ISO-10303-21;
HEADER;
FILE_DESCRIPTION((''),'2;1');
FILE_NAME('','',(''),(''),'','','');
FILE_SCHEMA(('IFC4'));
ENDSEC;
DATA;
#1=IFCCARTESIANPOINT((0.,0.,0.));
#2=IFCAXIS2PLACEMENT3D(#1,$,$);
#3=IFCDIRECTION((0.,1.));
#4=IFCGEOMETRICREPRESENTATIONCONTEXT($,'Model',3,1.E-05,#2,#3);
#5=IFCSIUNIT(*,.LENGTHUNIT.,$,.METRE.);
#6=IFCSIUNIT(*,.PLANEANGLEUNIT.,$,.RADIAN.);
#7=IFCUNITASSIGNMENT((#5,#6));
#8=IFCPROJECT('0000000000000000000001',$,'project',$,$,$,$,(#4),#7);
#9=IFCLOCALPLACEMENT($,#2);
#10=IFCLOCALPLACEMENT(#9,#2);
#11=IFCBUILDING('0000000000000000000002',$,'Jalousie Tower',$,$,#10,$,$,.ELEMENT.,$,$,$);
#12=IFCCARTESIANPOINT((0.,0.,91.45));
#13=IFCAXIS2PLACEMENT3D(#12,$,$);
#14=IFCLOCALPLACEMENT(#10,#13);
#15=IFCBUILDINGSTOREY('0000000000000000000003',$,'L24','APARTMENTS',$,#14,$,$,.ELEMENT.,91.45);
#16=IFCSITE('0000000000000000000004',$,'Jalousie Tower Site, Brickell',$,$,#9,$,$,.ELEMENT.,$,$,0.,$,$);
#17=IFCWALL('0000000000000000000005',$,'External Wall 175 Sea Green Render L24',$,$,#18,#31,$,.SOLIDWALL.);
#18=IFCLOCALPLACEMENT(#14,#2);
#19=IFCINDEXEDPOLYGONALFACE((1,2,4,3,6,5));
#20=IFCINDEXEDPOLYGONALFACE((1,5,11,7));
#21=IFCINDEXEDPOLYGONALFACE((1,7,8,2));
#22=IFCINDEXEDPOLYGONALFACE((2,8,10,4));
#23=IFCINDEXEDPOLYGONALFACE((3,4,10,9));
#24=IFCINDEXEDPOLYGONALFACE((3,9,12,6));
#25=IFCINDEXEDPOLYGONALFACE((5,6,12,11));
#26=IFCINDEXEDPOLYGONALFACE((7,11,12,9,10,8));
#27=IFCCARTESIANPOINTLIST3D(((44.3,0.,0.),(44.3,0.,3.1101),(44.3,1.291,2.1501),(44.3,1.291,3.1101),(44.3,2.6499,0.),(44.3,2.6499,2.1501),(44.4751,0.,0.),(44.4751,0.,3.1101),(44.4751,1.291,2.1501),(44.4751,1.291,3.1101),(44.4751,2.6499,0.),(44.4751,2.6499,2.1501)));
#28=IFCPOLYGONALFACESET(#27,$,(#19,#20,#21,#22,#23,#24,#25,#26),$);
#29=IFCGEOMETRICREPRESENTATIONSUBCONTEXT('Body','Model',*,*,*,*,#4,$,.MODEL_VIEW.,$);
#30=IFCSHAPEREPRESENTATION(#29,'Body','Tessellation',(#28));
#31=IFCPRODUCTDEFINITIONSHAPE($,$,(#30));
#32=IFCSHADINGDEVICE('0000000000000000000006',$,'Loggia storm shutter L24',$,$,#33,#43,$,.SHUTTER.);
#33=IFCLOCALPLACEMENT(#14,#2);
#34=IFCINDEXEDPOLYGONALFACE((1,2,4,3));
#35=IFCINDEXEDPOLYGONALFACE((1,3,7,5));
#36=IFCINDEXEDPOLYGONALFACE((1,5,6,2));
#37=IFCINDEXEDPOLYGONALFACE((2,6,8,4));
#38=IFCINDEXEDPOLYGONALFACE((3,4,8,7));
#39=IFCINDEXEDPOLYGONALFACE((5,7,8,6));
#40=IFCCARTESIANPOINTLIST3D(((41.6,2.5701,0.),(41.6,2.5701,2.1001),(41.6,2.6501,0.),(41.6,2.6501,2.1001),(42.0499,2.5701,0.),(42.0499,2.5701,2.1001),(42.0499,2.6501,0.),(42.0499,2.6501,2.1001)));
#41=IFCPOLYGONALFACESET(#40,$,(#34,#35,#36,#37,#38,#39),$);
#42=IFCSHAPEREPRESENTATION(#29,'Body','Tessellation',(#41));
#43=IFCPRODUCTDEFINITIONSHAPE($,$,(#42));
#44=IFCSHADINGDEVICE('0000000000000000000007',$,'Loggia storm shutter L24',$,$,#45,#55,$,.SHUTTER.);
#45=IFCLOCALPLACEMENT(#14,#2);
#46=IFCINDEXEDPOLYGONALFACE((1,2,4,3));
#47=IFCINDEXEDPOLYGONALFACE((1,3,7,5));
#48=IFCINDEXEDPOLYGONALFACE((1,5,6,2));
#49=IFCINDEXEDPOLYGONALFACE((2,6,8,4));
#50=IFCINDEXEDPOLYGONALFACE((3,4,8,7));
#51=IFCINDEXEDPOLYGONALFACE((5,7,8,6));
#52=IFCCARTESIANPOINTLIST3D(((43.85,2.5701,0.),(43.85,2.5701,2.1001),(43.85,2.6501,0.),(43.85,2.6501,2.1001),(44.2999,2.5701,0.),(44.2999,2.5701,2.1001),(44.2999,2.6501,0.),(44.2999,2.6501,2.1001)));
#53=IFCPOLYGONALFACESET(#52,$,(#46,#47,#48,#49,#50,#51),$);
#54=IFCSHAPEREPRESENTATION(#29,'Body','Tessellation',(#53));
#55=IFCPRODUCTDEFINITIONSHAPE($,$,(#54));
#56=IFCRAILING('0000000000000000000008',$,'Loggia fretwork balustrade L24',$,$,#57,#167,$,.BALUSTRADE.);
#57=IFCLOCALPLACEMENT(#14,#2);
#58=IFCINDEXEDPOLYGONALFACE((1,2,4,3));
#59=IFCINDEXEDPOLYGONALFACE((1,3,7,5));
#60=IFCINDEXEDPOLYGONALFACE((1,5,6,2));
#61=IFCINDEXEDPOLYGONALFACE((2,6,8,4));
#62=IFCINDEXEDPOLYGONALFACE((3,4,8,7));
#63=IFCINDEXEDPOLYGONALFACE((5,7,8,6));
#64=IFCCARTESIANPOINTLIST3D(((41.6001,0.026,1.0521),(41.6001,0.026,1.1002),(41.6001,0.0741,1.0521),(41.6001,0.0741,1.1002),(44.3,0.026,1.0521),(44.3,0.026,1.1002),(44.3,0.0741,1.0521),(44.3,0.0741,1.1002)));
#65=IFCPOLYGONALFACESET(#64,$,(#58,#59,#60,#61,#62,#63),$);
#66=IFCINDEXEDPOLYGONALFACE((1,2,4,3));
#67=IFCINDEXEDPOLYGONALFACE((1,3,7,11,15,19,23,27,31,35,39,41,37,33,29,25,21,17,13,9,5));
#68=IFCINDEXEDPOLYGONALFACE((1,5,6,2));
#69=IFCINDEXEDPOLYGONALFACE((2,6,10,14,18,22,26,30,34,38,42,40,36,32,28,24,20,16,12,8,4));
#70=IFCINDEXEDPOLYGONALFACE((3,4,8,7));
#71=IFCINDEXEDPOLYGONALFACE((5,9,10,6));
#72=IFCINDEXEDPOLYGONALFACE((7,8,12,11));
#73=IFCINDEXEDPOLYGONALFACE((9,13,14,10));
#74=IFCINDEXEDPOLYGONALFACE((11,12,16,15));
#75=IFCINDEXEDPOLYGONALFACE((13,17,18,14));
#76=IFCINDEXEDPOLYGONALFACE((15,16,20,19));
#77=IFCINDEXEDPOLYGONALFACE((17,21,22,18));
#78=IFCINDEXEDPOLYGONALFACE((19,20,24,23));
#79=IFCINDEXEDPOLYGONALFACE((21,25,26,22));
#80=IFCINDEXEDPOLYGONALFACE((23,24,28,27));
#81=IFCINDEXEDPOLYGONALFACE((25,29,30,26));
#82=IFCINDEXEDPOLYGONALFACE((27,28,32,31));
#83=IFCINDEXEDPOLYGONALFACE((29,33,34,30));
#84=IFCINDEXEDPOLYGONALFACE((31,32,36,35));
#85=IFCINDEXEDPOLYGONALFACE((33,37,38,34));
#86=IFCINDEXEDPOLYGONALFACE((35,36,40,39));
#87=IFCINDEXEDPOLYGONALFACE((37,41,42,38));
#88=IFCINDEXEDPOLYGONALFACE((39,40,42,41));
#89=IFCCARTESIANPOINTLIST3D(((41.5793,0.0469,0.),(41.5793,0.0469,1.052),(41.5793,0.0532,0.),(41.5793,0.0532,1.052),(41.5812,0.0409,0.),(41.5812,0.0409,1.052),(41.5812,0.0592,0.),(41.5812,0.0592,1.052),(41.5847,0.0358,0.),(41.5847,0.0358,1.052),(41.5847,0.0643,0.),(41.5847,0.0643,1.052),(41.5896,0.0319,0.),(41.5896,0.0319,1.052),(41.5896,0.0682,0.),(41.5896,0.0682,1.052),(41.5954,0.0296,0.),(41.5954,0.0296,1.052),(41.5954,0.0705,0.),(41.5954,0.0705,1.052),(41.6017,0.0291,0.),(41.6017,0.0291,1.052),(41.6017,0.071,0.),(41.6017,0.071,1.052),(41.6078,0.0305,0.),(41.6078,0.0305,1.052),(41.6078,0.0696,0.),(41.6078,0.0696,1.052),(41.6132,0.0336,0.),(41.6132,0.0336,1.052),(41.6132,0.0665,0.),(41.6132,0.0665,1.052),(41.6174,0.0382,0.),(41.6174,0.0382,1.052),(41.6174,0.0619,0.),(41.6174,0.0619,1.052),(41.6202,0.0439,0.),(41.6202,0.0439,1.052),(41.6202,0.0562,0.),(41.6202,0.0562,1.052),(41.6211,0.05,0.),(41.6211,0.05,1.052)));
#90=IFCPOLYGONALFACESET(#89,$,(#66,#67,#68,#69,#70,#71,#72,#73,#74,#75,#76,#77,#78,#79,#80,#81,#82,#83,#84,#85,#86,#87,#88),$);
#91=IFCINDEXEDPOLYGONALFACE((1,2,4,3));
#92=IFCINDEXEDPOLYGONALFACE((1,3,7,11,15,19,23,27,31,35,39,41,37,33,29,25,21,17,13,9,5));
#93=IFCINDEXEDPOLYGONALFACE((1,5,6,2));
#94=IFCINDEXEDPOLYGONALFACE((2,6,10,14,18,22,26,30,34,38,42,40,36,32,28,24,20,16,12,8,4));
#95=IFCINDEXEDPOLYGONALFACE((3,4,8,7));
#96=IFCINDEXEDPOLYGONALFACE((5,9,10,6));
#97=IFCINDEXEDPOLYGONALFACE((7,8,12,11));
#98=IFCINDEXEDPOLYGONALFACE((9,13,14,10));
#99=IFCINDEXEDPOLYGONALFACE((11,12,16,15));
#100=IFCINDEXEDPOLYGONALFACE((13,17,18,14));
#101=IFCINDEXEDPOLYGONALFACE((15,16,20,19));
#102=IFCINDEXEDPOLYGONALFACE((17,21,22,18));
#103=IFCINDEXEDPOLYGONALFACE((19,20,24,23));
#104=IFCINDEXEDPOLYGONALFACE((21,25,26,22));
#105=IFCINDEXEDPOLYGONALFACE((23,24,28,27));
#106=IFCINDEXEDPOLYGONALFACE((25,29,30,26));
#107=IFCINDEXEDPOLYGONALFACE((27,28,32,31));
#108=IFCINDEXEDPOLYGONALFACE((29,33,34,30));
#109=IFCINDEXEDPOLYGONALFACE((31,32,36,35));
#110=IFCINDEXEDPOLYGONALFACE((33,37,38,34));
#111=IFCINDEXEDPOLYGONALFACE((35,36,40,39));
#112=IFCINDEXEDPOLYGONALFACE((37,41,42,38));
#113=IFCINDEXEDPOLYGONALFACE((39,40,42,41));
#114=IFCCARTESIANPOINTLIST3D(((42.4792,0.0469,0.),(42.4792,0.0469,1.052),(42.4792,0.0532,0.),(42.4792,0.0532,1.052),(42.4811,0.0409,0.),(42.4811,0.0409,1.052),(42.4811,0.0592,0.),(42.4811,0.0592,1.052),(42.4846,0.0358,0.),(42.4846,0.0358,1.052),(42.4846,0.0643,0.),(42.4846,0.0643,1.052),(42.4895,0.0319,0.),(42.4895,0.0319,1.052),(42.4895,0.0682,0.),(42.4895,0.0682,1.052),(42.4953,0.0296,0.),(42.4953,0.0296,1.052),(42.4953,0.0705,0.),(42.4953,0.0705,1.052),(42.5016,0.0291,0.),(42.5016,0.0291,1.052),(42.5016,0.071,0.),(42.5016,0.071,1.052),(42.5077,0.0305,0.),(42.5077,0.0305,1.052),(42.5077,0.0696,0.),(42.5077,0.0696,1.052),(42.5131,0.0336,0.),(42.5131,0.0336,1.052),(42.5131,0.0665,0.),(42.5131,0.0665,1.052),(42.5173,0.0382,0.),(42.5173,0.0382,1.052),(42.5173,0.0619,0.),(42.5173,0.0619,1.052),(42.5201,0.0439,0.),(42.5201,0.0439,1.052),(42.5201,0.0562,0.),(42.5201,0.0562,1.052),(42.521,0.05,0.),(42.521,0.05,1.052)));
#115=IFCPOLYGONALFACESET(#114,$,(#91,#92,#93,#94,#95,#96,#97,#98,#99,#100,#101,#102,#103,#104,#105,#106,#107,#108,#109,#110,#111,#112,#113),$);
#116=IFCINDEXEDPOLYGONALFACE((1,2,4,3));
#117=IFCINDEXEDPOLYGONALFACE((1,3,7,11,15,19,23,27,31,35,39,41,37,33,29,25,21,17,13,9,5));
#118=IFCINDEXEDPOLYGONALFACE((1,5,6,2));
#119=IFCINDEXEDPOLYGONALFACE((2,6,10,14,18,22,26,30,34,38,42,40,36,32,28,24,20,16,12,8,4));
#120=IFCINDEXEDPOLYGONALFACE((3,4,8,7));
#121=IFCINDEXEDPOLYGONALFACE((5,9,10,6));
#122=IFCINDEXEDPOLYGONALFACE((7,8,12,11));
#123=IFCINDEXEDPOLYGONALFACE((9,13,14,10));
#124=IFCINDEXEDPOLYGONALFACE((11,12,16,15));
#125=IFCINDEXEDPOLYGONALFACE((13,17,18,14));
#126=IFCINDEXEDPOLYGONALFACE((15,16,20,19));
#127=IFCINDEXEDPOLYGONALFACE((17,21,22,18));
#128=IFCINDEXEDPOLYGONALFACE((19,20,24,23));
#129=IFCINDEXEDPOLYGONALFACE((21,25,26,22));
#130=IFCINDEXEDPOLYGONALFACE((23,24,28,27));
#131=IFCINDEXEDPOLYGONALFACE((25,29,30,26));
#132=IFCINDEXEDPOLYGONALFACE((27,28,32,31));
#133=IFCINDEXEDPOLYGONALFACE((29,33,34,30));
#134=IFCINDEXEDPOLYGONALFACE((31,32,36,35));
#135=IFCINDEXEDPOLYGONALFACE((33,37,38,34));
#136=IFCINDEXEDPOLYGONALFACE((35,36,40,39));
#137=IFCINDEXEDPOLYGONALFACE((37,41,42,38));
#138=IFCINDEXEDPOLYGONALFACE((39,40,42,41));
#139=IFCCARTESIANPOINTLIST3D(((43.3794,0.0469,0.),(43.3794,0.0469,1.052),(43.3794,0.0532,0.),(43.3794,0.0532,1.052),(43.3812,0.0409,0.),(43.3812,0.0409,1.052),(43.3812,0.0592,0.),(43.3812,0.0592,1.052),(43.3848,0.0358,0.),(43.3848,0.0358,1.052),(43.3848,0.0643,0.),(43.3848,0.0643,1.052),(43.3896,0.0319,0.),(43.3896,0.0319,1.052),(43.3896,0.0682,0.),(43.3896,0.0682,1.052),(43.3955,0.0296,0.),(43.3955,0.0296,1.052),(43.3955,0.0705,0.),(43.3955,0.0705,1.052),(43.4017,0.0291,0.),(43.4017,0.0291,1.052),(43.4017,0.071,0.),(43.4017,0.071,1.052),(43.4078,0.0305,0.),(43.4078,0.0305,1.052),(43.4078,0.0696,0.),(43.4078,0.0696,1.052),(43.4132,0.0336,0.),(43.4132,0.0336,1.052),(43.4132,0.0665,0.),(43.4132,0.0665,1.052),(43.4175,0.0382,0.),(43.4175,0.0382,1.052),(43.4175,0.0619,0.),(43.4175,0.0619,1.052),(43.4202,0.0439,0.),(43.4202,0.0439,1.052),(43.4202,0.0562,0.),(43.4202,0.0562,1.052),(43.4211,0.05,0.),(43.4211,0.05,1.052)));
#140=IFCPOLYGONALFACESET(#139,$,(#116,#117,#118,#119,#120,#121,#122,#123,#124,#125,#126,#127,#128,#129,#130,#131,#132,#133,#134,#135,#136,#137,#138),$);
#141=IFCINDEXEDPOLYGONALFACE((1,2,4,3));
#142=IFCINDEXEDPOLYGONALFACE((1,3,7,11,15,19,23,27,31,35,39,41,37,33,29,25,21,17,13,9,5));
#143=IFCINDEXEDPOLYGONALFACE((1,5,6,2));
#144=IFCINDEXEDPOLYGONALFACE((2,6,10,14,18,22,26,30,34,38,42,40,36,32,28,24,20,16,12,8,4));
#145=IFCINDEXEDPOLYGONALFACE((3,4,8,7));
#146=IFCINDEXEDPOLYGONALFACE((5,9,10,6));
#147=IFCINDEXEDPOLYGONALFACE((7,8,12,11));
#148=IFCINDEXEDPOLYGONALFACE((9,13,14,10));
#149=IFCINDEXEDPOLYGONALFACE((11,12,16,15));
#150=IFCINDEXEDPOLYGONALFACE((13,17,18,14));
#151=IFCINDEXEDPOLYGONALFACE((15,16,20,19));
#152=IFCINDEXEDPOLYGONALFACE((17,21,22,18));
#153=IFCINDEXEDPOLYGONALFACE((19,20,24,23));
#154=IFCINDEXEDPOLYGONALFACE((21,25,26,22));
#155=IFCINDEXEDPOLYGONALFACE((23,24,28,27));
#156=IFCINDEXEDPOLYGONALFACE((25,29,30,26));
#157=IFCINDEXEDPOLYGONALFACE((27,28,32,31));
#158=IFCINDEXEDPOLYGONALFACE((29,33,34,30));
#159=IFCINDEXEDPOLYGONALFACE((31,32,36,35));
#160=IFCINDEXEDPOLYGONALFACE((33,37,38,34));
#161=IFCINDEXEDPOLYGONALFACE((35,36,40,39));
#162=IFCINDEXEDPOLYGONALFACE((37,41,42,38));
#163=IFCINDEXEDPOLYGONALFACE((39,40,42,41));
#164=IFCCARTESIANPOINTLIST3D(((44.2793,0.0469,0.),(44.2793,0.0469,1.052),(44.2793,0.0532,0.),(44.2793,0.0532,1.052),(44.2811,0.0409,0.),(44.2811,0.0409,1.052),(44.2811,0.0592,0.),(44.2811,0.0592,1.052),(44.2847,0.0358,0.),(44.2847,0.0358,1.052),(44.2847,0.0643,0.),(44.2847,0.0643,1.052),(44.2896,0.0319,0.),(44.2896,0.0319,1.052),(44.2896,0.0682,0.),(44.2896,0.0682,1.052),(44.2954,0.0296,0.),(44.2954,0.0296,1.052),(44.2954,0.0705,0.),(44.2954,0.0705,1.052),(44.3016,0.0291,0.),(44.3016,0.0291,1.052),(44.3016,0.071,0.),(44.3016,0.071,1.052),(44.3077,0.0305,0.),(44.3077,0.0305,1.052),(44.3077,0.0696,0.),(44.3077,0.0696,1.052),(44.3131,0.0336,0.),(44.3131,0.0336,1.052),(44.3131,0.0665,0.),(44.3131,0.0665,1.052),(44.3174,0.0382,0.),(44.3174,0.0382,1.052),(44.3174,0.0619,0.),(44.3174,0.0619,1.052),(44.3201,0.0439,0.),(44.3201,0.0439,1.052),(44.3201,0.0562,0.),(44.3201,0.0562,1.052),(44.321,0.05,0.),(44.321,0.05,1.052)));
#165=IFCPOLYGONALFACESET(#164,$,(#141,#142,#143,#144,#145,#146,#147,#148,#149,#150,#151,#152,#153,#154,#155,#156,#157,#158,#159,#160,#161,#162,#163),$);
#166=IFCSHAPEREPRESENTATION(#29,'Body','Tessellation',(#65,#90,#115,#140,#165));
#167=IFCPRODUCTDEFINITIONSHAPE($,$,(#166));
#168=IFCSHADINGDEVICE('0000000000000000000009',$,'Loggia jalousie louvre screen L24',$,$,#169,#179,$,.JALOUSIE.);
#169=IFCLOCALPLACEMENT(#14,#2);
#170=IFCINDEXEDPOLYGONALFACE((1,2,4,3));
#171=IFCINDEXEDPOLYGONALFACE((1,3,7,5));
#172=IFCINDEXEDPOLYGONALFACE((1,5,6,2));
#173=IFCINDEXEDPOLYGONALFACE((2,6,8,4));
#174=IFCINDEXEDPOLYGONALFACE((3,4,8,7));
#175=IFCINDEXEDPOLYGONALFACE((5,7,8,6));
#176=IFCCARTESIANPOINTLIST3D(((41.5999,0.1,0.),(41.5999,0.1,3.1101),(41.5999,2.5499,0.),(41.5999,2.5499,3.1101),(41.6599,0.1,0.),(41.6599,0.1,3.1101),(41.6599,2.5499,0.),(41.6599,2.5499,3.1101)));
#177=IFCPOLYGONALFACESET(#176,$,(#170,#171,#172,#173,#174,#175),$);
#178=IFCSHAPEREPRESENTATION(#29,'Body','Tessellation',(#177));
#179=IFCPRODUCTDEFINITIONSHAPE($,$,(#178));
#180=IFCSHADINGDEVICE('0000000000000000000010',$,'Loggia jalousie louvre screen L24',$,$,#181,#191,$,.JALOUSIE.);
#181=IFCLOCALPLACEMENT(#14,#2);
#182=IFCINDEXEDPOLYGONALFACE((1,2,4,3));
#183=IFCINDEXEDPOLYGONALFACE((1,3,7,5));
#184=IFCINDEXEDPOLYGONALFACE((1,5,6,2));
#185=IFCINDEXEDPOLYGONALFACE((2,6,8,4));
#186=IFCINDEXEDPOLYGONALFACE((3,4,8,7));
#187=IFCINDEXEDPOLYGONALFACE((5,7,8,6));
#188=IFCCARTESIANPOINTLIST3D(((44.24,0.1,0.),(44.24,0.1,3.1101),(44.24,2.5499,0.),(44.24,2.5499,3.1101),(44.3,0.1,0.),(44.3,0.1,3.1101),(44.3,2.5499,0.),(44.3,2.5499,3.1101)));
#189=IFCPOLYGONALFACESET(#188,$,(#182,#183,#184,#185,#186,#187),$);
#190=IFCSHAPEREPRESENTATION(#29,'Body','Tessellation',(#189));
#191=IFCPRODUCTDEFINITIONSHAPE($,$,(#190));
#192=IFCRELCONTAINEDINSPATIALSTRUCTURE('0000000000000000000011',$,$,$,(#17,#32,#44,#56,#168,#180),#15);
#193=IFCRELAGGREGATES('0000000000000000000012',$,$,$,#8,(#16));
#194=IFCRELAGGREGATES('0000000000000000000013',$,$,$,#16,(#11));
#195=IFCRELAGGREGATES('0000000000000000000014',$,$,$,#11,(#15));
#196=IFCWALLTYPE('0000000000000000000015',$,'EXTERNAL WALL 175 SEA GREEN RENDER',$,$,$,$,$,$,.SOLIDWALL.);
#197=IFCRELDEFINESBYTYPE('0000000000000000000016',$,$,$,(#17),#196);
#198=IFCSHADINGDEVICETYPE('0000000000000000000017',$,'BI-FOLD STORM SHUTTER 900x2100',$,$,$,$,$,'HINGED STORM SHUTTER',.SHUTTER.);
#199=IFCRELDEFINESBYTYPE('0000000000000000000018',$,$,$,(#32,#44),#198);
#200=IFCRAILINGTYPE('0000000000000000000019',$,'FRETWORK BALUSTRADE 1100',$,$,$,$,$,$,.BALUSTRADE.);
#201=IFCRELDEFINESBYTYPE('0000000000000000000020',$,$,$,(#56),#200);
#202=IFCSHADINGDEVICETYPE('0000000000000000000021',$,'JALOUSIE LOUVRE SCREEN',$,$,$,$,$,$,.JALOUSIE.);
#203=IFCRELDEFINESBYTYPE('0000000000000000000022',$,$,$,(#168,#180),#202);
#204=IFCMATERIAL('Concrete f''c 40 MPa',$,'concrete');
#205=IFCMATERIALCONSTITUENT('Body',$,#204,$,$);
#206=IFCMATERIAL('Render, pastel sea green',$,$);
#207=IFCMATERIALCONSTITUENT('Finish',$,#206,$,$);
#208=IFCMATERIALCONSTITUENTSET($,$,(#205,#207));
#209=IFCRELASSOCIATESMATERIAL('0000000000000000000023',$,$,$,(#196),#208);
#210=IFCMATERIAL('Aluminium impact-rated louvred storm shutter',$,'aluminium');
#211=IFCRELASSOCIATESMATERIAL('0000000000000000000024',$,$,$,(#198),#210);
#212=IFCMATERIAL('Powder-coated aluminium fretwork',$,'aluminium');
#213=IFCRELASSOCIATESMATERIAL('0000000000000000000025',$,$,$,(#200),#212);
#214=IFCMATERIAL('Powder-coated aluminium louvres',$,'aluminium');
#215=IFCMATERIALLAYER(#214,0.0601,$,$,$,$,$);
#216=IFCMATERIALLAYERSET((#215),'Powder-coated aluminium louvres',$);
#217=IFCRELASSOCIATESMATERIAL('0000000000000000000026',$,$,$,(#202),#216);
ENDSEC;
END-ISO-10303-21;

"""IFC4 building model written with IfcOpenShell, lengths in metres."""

from ifc_helpers import new_model, si_unit, direction, frame, origin, origin_2d, place, context, subcontext, project, spatial, polyline, rectangle, circle, outline, extrude, material, layer, layer_set, constituent, constituent_set, type_object, element, save


model = new_model("IFC4")

# Units and contexts
model_context = context("Model", 3, precision=1e-05, world=origin(), true_north=direction((0.0, 1.0)))
body_context = subcontext(model_context, "Body", "Model", "MODEL_VIEW")
ifc_project = project(units=[si_unit("LENGTHUNIT", "METRE"), si_unit("PLANEANGLEUNIT", "RADIAN")], contexts=[model_context])

# Site, building, storey
site_placement = place(None, origin())
site = spatial("IfcSite", under=ifc_project, at=site_placement, Name="Jalousie Tower Site, Brickell", CompositionType="ELEMENT", RefElevation=0.0)
building_placement = place(site_placement, origin())
building = spatial("IfcBuilding", under=site, at=building_placement, Name="Jalousie Tower", CompositionType="ELEMENT")
storey_placement = place(building_placement, frame((0.0, 0.0, 91.45)))
storey = spatial("IfcBuildingStorey", under=building, at=storey_placement, Name="L24", Description="APARTMENTS", CompositionType="ELEMENT", Elevation=91.45)

# Shared definitions
ifc_material_1 = material(Name="Concrete f'c 40 MPa", Category="concrete")
ifc_constituent_1 = constituent(ifc_material_1, Name="Body")
ifc_material_2 = material(Name="Render, pastel sea green")
ifc_constituent_2 = constituent(ifc_material_2, Name="Finish")
ifc_constituent_set = constituent_set(constituents=[ifc_constituent_1, ifc_constituent_2])
wall_type = type_object("IfcWallType", Name="EXTERNAL WALL 175 SEA GREEN RENDER", PredefinedType="SOLIDWALL", material=ifc_constituent_set)

# Wall
wall_1_placement = place(storey_placement, frame((44.3875, 0.0, 0.0), z_axis=(0.0, 0.0, 1.0), x_axis=(0.0, 1.0, 0.0)))
element("IfcWall", 1, at=wall_1_placement, inside=storey, type_object=wall_type, Name="External Wall 175 Sea Green Render L24", PredefinedType="SOLIDWALL", context=body_context, shape_type="SweptSolid", body=[
    extrude(outline(polyline([(0.0, 0.0), (2.6499, 0.0), (2.6499, 2.1501), (1.291, 2.1501), (1.291, 3.1101), (0.0, 3.1101), (0.0, 0.0)])), frame((0.0, 0.0874, 0.0), z_axis=(0.0, -1.0, 0.0), x_axis=(1.0, 0.0, 0.0)), (0.0, 0.0, 1.0), 0.175),
])

# Shading devices
ifc_material_3 = material(Name="Aluminium impact-rated louvred storm shutter", Category="aluminium")
shading_device_type_1 = type_object("IfcShadingDeviceType", Name="BI-FOLD STORM SHUTTER 900x2100", ElementType="HINGED STORM SHUTTER", PredefinedType="SHUTTER", material=ifc_material_3)
for number, where, z_axis, x_axis, name in (
    (2, (41.825, 2.6101, 0.0), (0.0, 0.0, 1.0), (1.0, 0.0, 0.0), "Loggia storm shutter L24"),
    (3, (44.075, 2.6101, 0.0), (0.0, 0.0, 1.0), (1.0, 0.0, 0.0), "Loggia storm shutter L24"),
):
    element("IfcShadingDevice", number, at=place(storey_placement, frame(where, z_axis=z_axis, x_axis=x_axis)), inside=storey, type_object=shading_device_type_1, Name=name, PredefinedType="SHUTTER", context=body_context, shape_type="SweptSolid", body=[
        extrude(rectangle(XDim=0.45, YDim=0.0801, at=origin_2d()), origin(), (0.0, 0.0, 1.0), 2.1001),
    ])

# Railing
ifc_material_4 = material(Name="Powder-coated aluminium fretwork", Category="aluminium")
railing_type = type_object("IfcRailingType", Name="FRETWORK BALUSTRADE 1100", PredefinedType="BALUSTRADE", material=ifc_material_4)
railing_placement = place(storey_placement, frame((41.6001, 0.05, 0.0)))
element("IfcRailing", 4, at=railing_placement, inside=storey, type_object=railing_type, Name="Loggia fretwork balustrade L24", PredefinedType="BALUSTRADE", context=body_context, shape_type="SweptSolid", body=[
    extrude(rectangle(XDim=0.0481, YDim=0.0481, at=origin_2d()), frame((0.0, 0.0, 1.0762), z_axis=(1.0, 0.0, 0.0), x_axis=(0.0, 1.0, 0.0)), (0.0, 0.0, 1.0), 2.7),
    extrude(circle(Radius=0.021, at=origin_2d()), origin(), (0.0, 0.0, 1.0), 1.052),
    extrude(circle(Radius=0.021, at=origin_2d()), frame((0.8999, 0.0, 0.0)), (0.0, 0.0, 1.0), 1.052),
    extrude(circle(Radius=0.021, at=origin_2d()), frame((1.8, 0.0, 0.0)), (0.0, 0.0, 1.0), 1.052),
    extrude(circle(Radius=0.021, at=origin_2d()), frame((2.7, 0.0, 0.0)), (0.0, 0.0, 1.0), 1.052),
])

# Shading devices
ifc_material_5 = material(Name="Powder-coated aluminium louvres", Category="aluminium")
ifc_layer_1 = layer(ifc_material_5, 0.0601)
ifc_layer_set_1 = layer_set([ifc_layer_1], Name="Powder-coated aluminium louvres")
shading_device_type_2 = type_object("IfcShadingDeviceType", Name="JALOUSIE LOUVRE SCREEN", PredefinedType="JALOUSIE", material=ifc_layer_set_1)
for number, where, z_axis, x_axis, name in (
    (5, (41.6299, 1.325, 0.0), (0.0, 0.0, 1.0), (1.0, 0.0, 0.0), "Loggia jalousie louvre screen L24"),
    (6, (44.27, 1.325, 0.0), (0.0, 0.0, 1.0), (1.0, 0.0, 0.0), "Loggia jalousie louvre screen L24"),
):
    element("IfcShadingDevice", number, at=place(storey_placement, frame(where, z_axis=z_axis, x_axis=x_axis)), inside=storey, type_object=shading_device_type_2, Name=name, PredefinedType="JALOUSIE", context=body_context, shape_type="SweptSolid", body=[
        extrude(rectangle(XDim=0.0601, YDim=2.45, at=origin_2d()), origin(), (0.0, 0.0, 1.0), 3.1101),
    ])

save(model, "model.ifc")
